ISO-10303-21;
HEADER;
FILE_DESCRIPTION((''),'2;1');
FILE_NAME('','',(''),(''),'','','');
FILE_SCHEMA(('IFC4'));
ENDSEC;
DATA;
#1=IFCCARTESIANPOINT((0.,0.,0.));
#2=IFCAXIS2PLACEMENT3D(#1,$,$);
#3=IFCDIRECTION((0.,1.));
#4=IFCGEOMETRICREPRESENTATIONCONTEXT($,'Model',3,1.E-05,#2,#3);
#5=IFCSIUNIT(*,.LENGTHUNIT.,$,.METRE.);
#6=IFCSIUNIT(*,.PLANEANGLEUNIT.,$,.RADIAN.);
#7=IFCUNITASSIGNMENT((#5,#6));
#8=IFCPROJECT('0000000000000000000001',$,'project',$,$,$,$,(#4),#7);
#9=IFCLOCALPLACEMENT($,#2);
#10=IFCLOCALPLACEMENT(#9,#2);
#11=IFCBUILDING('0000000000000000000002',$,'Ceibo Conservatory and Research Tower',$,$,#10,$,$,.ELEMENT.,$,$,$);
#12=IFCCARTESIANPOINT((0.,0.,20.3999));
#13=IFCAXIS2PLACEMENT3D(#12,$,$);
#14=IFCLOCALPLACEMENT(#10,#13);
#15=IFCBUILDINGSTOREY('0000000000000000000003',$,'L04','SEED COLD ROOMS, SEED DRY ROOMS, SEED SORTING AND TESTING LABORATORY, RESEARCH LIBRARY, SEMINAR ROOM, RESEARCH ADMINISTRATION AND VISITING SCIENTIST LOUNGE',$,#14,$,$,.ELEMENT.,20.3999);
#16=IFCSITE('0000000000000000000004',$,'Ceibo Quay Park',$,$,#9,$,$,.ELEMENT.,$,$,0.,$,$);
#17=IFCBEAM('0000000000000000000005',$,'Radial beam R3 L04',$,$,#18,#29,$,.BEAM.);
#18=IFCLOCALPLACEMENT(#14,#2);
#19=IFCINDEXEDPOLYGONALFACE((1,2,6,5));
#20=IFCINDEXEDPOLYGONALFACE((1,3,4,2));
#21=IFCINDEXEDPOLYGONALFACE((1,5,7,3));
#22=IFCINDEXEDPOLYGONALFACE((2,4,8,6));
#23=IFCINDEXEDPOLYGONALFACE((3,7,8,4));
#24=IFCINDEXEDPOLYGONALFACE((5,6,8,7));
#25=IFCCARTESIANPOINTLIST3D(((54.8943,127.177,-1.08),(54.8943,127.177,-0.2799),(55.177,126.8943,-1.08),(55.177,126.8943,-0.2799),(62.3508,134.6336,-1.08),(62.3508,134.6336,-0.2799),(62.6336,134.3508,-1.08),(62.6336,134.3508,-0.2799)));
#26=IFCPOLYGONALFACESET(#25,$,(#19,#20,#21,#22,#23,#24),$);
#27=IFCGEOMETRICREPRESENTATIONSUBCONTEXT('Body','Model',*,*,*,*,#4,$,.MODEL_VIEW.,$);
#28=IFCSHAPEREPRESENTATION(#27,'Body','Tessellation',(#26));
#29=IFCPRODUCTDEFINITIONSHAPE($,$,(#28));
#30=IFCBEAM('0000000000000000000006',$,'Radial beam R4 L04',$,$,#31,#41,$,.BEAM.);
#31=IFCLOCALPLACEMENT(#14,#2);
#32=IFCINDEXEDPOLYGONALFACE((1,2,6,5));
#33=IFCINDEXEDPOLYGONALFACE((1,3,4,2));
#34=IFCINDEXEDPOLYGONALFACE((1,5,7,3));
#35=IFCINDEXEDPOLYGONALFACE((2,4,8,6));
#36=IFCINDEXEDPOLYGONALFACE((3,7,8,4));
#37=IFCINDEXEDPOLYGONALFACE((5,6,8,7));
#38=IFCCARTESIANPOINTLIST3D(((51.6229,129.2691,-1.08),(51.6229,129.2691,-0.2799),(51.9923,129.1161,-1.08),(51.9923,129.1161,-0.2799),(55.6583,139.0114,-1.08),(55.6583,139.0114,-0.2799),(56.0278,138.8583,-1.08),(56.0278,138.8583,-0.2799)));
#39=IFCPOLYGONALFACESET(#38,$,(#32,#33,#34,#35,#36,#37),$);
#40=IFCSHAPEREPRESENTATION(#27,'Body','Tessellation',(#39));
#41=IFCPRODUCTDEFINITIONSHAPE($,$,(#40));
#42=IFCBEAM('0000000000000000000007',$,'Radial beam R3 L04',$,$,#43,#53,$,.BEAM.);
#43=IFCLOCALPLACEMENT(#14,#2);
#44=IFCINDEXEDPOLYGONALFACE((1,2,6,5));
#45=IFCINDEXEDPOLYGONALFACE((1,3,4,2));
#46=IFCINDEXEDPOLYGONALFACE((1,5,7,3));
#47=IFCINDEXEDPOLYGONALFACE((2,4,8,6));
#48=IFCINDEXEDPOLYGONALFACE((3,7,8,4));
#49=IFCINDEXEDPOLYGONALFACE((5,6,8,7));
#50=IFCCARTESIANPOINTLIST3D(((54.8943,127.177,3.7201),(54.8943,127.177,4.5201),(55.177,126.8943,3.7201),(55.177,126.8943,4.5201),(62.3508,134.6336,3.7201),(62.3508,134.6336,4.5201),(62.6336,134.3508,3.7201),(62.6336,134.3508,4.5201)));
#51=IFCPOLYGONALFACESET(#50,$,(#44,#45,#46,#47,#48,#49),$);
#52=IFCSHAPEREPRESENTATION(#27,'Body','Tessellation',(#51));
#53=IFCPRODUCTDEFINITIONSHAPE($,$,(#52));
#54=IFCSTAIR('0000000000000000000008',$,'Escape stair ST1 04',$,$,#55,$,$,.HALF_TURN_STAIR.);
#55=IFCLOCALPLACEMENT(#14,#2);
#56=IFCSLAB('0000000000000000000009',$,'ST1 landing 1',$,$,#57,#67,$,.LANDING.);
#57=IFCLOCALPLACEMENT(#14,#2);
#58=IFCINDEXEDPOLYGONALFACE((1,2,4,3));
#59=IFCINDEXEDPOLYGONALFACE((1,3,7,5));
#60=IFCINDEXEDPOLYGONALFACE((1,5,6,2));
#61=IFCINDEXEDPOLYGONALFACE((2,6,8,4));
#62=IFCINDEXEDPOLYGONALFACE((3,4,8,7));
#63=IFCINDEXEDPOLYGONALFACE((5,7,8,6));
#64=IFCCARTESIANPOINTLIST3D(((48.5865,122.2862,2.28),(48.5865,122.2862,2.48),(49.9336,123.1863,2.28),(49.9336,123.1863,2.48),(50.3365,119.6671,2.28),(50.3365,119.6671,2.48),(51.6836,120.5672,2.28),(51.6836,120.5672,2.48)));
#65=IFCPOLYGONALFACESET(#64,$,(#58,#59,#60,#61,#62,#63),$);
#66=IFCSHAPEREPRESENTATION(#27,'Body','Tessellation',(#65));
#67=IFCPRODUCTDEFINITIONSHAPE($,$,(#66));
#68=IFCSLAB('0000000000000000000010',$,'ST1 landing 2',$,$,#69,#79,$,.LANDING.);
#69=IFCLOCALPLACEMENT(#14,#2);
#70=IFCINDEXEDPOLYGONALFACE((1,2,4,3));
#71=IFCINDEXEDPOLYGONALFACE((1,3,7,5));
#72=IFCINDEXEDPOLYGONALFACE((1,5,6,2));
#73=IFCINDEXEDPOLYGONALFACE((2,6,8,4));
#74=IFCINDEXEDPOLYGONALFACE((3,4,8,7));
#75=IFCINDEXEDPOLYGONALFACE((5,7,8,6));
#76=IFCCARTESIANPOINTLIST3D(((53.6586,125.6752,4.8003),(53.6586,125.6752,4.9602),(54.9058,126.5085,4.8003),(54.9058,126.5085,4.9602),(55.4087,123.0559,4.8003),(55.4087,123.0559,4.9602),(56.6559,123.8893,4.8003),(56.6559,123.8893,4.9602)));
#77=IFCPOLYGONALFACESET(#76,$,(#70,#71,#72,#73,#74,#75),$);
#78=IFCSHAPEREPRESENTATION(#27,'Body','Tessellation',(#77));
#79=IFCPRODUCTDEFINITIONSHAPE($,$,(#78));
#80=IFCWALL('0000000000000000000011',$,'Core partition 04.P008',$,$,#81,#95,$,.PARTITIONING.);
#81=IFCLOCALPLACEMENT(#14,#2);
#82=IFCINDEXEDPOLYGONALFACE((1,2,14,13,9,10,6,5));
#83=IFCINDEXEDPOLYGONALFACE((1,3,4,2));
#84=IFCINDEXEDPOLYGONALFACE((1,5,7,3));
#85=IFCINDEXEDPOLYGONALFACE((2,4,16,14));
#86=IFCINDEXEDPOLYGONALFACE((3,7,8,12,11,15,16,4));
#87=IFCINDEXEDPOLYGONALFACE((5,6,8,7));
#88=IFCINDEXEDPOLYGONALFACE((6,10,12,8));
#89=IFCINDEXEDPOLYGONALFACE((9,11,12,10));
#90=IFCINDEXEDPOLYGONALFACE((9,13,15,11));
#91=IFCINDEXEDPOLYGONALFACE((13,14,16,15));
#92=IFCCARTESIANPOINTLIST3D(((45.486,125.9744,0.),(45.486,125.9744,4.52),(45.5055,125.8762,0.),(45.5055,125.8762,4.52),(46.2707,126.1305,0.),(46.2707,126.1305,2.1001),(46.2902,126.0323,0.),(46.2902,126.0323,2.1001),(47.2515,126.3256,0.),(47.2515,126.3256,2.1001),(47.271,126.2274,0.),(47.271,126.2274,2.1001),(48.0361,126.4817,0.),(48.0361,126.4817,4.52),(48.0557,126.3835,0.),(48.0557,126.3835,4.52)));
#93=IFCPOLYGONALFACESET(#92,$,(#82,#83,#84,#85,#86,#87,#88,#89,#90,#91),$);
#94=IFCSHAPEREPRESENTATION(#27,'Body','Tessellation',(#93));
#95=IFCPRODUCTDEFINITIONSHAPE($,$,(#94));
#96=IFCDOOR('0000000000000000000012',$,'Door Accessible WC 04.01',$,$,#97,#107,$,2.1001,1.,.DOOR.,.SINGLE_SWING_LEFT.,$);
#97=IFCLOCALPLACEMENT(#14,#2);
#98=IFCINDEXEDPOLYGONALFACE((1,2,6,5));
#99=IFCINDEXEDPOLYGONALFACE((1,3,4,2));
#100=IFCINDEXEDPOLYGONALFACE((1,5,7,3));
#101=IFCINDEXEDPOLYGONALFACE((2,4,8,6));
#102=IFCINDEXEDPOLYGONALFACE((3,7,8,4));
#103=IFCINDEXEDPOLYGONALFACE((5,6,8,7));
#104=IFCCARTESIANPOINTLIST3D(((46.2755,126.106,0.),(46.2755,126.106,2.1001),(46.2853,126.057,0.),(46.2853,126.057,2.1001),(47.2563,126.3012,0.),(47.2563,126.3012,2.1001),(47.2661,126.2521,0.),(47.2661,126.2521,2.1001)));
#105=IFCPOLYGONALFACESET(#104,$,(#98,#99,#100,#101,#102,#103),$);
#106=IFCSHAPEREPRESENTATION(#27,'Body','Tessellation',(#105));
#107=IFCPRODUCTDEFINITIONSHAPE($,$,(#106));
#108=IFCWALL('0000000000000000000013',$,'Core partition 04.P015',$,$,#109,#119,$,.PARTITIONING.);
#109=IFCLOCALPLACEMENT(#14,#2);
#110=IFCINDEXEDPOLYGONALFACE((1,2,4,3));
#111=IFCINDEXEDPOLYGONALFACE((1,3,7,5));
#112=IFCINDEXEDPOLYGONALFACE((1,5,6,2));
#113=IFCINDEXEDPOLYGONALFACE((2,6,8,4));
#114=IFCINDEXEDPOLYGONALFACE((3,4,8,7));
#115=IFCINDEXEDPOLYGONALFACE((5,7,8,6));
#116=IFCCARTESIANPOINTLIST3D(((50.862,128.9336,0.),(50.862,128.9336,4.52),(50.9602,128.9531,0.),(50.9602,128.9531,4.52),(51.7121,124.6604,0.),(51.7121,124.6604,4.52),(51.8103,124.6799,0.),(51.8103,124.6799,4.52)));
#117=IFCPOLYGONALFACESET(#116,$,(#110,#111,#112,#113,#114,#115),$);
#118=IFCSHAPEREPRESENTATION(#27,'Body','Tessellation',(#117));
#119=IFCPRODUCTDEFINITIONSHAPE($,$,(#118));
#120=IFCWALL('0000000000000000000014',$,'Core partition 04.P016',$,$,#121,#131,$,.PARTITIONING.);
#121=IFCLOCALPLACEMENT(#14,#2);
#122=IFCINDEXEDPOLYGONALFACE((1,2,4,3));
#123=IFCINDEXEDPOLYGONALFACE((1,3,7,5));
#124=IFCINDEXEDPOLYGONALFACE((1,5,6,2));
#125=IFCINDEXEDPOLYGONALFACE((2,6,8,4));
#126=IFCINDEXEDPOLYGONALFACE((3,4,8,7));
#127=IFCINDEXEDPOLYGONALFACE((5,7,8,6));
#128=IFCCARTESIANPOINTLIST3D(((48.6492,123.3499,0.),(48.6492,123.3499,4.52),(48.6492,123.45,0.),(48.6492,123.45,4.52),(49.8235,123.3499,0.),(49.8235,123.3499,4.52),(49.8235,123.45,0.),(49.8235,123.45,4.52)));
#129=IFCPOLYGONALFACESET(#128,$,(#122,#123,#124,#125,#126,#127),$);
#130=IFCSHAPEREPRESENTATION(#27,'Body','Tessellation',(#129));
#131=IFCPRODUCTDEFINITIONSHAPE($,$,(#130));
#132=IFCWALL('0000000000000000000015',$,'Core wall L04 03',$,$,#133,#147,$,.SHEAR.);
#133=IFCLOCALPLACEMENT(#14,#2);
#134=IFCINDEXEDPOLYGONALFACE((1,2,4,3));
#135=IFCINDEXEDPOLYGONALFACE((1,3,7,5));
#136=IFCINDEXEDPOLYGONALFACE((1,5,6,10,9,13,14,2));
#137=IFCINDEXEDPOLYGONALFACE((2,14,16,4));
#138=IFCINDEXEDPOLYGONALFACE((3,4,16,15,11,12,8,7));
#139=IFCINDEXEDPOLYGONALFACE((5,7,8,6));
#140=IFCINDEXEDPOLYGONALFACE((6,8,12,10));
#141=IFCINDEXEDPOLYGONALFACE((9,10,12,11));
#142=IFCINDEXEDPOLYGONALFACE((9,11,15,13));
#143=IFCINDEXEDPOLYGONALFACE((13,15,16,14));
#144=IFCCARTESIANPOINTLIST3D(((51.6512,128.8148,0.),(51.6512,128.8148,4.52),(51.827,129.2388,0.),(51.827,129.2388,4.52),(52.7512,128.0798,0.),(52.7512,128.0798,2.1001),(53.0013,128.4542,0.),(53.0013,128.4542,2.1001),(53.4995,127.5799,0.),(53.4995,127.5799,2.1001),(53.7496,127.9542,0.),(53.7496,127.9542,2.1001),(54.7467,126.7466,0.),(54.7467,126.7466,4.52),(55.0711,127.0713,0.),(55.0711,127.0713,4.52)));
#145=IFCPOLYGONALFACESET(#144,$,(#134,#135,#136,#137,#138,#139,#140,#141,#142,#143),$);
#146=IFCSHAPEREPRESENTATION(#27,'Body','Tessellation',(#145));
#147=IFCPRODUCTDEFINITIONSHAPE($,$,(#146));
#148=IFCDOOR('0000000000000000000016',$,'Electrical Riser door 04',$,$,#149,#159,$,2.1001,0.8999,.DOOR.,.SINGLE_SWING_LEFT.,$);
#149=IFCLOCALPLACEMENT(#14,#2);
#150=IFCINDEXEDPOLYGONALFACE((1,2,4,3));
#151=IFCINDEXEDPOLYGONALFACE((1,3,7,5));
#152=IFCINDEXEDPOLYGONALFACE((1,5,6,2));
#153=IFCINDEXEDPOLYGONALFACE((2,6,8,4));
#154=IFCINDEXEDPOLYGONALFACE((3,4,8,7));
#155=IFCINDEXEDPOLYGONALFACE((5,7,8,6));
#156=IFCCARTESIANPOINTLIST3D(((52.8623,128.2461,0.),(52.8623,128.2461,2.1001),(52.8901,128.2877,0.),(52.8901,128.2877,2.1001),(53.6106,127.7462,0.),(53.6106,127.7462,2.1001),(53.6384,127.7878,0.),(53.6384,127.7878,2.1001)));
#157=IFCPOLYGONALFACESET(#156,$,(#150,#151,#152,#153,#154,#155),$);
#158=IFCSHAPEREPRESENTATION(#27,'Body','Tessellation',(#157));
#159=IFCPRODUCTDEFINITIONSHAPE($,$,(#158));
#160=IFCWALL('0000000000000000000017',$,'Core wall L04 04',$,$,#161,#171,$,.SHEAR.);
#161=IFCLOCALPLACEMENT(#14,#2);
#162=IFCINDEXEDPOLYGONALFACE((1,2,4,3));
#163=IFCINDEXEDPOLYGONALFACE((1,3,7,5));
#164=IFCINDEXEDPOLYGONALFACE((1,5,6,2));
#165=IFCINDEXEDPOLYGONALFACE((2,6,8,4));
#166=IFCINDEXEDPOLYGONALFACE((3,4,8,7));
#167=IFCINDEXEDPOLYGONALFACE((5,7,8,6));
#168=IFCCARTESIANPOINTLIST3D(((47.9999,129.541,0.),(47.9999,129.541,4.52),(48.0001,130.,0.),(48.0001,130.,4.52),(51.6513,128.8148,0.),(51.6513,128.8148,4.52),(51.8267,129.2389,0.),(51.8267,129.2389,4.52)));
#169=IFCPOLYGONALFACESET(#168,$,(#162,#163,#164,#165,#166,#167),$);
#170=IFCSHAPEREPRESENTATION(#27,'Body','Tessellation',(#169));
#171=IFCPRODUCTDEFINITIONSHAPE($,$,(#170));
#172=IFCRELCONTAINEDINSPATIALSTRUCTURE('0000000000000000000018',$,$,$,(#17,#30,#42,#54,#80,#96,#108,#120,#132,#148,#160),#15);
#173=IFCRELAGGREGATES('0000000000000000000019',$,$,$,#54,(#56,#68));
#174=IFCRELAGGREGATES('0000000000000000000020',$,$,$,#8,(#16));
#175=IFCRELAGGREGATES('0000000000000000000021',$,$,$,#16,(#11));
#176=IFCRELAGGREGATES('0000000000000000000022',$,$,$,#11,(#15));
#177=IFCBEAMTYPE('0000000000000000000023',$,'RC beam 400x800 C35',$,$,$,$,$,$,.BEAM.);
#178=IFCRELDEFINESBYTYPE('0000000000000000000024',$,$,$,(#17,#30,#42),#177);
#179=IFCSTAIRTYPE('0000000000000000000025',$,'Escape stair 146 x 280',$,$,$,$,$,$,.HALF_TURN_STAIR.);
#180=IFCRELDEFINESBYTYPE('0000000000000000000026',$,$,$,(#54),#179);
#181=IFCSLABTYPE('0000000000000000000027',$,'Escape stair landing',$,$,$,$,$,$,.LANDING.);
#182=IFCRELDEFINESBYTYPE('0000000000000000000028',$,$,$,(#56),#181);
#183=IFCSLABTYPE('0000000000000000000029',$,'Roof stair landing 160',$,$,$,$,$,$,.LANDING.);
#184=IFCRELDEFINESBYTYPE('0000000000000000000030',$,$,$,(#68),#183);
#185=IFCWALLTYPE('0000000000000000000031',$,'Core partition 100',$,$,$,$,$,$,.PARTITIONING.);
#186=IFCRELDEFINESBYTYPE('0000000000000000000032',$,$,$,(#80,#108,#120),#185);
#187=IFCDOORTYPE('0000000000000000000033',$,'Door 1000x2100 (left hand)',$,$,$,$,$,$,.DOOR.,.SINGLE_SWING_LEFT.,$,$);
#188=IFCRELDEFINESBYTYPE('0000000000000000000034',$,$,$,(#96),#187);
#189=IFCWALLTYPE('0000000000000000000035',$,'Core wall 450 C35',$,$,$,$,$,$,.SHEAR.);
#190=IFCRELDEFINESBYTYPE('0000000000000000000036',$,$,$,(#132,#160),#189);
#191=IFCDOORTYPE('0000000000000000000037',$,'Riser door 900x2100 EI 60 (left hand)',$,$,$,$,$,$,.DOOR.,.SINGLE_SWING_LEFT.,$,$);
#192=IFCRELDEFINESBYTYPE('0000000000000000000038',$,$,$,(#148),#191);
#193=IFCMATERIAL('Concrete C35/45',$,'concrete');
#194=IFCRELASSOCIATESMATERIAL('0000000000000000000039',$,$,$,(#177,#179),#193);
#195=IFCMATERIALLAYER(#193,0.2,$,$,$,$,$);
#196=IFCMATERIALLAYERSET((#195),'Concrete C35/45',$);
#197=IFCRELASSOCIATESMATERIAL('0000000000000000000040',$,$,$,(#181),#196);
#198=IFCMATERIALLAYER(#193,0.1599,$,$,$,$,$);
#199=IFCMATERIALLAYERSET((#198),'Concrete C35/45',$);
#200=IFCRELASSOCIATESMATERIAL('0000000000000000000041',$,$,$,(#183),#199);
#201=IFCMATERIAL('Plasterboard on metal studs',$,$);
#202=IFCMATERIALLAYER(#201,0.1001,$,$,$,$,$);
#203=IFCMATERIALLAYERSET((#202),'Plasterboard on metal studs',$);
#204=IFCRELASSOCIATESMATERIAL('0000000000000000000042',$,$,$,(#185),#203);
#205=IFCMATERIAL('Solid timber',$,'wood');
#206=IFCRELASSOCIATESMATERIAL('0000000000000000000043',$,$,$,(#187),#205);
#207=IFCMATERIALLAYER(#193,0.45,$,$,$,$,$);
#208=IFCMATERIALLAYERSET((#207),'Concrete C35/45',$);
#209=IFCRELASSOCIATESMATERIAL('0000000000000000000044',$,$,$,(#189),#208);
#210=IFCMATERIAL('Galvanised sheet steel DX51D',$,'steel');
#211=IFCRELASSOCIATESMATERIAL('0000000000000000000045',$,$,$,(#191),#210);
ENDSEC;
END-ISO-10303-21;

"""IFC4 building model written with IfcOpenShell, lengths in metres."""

from ifc_helpers import new_model, si_unit, direction, frame, frame_2d, origin, origin_2d, place, context, subcontext, project, spatial, polyline, rectangle, outline, extrude, material, layer, layer_set, material_profile, profile_set, type_object, element, fill, aggregate, save


model = new_model("IFC4")

# Units and contexts
model_context = context("Model", 3, precision=1e-05, world=origin(), true_north=direction((0.0, 1.0)))
body_context = subcontext(model_context, "Body", "Model", "MODEL_VIEW")
ifc_project = project(units=[si_unit("LENGTHUNIT", "METRE"), si_unit("PLANEANGLEUNIT", "RADIAN")], contexts=[model_context])

# Site, building, storey
site_placement = place(None, origin())
site = spatial("IfcSite", under=ifc_project, at=site_placement, Name="Ceibo Quay Park", CompositionType="ELEMENT", RefElevation=0.0)
building_placement = place(site_placement, origin())
building = spatial("IfcBuilding", under=site, at=building_placement, Name="Ceibo Conservatory and Research Tower", CompositionType="ELEMENT")
storey_placement = place(building_placement, frame((0.0, 0.0, 20.3999)))
storey = spatial("IfcBuildingStorey", under=building, at=storey_placement, Name="L04", Description="SEED COLD ROOMS, SEED DRY ROOMS, SEED SORTING AND TESTING LABORATORY, RESEARCH LIBRARY, SEMINAR ROOM, RESEARCH ADMINISTRATION AND VISITING SCIENTIST LOUNGE", CompositionType="ELEMENT", Elevation=20.3999)

# Beams
ifc_material_1 = material(Name="Concrete C35/45", Category="concrete")
ifc_material_profile = material_profile(ifc_material_1, rectangle(XDim=0.3999, YDim=0.8, at=origin_2d()), Name="RC 400x800")
ifc_profile_set = profile_set([ifc_material_profile], Name="Concrete C35/45")
beam_type = type_object("IfcBeamType", Name="RC beam 400x800 C35", PredefinedType="BEAM", material=ifc_profile_set)
beam_1_placement = place(storey_placement, frame((55.0356, 127.0356, -0.6799), z_axis=(0.707107, 0.707107, 0.0), x_axis=(-0.707107, 0.707107, 0.0)))
element("IfcBeam", 1, at=beam_1_placement, inside=storey, type_object=beam_type, Name="Radial beam R3 L04", PredefinedType="BEAM", context=body_context, shape_type="SweptSolid", body=[
    extrude(rectangle(XDim=0.3999, YDim=0.8, at=origin_2d()), origin(), (0.0, 0.0, 1.0), 10.5452),
])
beam_2_placement = place(storey_placement, frame((51.8076, 129.1926, -0.6799), z_axis=(0.382688, 0.923878, 0.0), x_axis=(-0.923878, 0.382688, 0.0)))
element("IfcBeam", 2, at=beam_2_placement, inside=storey, type_object=beam_type, Name="Radial beam R4 L04", PredefinedType="BEAM", context=body_context, shape_type="SweptSolid", body=[
    extrude(rectangle(XDim=0.3999, YDim=0.8, at=origin_2d()), origin(), (0.0, 0.0, 1.0), 10.5449),
])
beam_3_placement = place(storey_placement, frame((55.0356, 127.0356, 4.1201), z_axis=(0.707107, 0.707107, 0.0), x_axis=(-0.707107, 0.707107, 0.0)))
element("IfcBeam", 3, at=beam_3_placement, inside=storey, type_object=beam_type, Name="Radial beam R3 L04", PredefinedType="BEAM", context=body_context, shape_type="SweptSolid", body=[
    extrude(rectangle(XDim=0.3999, YDim=0.8, at=origin_2d()), origin(), (0.0, 0.0, 1.0), 10.5452),
])

# Stair, slabs
stair_type = type_object("IfcStairType", Name="Escape stair 146 x 280", PredefinedType="HALF_TURN_STAIR", material=ifc_material_1)
stair_placement = place(storey_placement, origin())
stair = element("IfcStair", 4, at=stair_placement, inside=storey, type_object=stair_type, Name="Escape stair ST1 04", PredefinedType="HALF_TURN_STAIR")
ifc_layer_1 = layer(ifc_material_1, 0.2)
ifc_layer_set_1 = layer_set([ifc_layer_1], Name="Concrete C35/45")
slab_type_1 = type_object("IfcSlabType", Name="Escape stair landing", PredefinedType="LANDING", material=ifc_layer_set_1)
slab_1_placement = place(storey_placement, frame((49.9336, 123.1863, 2.28), z_axis=(0.0, 0.0, 1.0), x_axis=(-0.83147, -0.55557, 0.0)))
slab_1 = element("IfcSlab", 5, at=slab_1_placement, type_object=slab_type_1, Name="ST1 landing 1", PredefinedType="LANDING", context=body_context, shape_type="SweptSolid", body=[
    extrude(outline(polyline([(0.0, 0.0), (1.6201, 0.0), (1.6201, 3.1499), (0.0, 3.1499), (0.0, 0.0)])), origin(), (0.0, 0.0, 1.0), 0.2),
])
ifc_layer_2 = layer(ifc_material_1, 0.1599)
ifc_layer_set_2 = layer_set([ifc_layer_2], Name="Concrete C35/45")
slab_type_2 = type_object("IfcSlabType", Name="Roof stair landing 160", PredefinedType="LANDING", material=ifc_layer_set_2)
slab_2_placement = place(storey_placement, frame((54.9058, 126.5085, 4.8003), z_axis=(0.0, 0.0, 1.0), x_axis=(-0.83147, -0.55557, 0.0)))
slab_2 = element("IfcSlab", 6, at=slab_2_placement, type_object=slab_type_2, Name="ST1 landing 2", PredefinedType="LANDING", context=body_context, shape_type="SweptSolid", body=[
    extrude(outline(polyline([(0.0, 0.0), (1.5, 0.0), (1.5, 3.1501), (0.0, 3.1501), (0.0, 0.0)])), origin(), (0.0, 0.0, 1.0), 0.1599),
])

# Wall, opening, door
ifc_material_2 = material(Name="Plasterboard on metal studs")
ifc_layer_3 = layer(ifc_material_2, 0.1001)
ifc_layer_set_3 = layer_set([ifc_layer_3], Name="Plasterboard on metal studs")
wall_type_1 = type_object("IfcWallType", Name="Core partition 100", PredefinedType="PARTITIONING", material=ifc_layer_set_3)
wall_1_placement = place(storey_placement, frame((48.0459, 126.4326, 0.0), z_axis=(0.0, 0.0, 1.0), x_axis=(-0.980779, -0.195123, 0.0)))
wall_1 = element("IfcWall", 7, at=wall_1_placement, inside=storey, type_object=wall_type_1, Name="Core partition 04.P008", PredefinedType="PARTITIONING", context=body_context, shape_type="SweptSolid", body=[
    extrude(rectangle(XDim=2.6001, YDim=0.1001, at=frame_2d((1.3, 0.0))), origin(), (0.0, 0.0, 1.0), 4.52),
])
opening_1_placement = place(wall_1_placement, frame((0.8, 0.0, 0.0)))
opening_1 = element("IfcOpeningElement", 8, at=opening_1_placement, cuts=wall_1, PredefinedType="OPENING", context=body_context, shape_type="SweptSolid", body=[
    extrude(rectangle(XDim=1.0, YDim=2.1001, at=frame_2d((0.5, 1.05))), frame((0.0, 0.0601, 0.0), z_axis=(0.0, -1.0, 0.0), x_axis=(1.0, 0.0, 0.0)), (0.0, 0.0, 1.0), 0.1201),
])
ifc_material_3 = material(Name="Solid timber", Category="wood")
door_type_1 = type_object("IfcDoorType", Name="Door 1000x2100 (left hand)", OperationType="SINGLE_SWING_LEFT", PredefinedType="DOOR", material=ifc_material_3)
door_1_placement = place(opening_1_placement, origin())
door_1 = element("IfcDoor", 9, at=door_1_placement, inside=storey, type_object=door_type_1, Name="Door Accessible WC 04.01", OperationType="SINGLE_SWING_LEFT", OverallHeight=2.1001, OverallWidth=1.0, PredefinedType="DOOR", context=body_context, shape_type="SweptSolid", body=[
    extrude(rectangle(XDim=1.0, YDim=2.1001, at=frame_2d((0.5, 1.05))), frame((0.0, 0.0249, 0.0), z_axis=(0.0, -1.0, 0.0), x_axis=(1.0, 0.0, 0.0)), (0.0, 0.0, 1.0), 0.05),
])
fill(opening_1, door_1)

# Walls
wall_2_placement = place(storey_placement, frame((50.9111, 128.9434, 0.0), z_axis=(0.0, 0.0, 1.0), x_axis=(0.195114, -0.980781, 0.0)))
element("IfcWall", 10, at=wall_2_placement, inside=storey, type_object=wall_type_1, Name="Core partition 04.P015", PredefinedType="PARTITIONING", context=body_context, shape_type="SweptSolid", body=[
    extrude(rectangle(XDim=4.3569, YDim=0.1001, at=frame_2d((2.1785, 0.0))), origin(), (0.0, 0.0, 1.0), 4.52),
])
wall_3_placement = place(storey_placement, frame((49.8235, 123.3999, 0.0), z_axis=(0.0, 0.0, 1.0), x_axis=(-1.0, 0.0, 0.0)))
element("IfcWall", 11, at=wall_3_placement, inside=storey, type_object=wall_type_1, Name="Core partition 04.P016", PredefinedType="PARTITIONING", context=body_context, shape_type="SweptSolid", body=[
    extrude(rectangle(XDim=1.1743, YDim=0.1001, at=frame_2d((0.5872, 0.0))), origin(), (0.0, 0.0, 1.0), 4.52),
])

# Wall, opening, door
ifc_layer_4 = layer(ifc_material_1, 0.45)
ifc_layer_set_4 = layer_set([ifc_layer_4], Name="Concrete C35/45")
wall_type_2 = type_object("IfcWallType", Name="Core wall 450 C35", PredefinedType="SHEAR", material=ifc_layer_set_4)
wall_4_placement = place(storey_placement, frame((54.9089, 126.9089, 0.0), z_axis=(0.0, 0.0, 1.0), x_axis=(-0.831488, 0.555542, 0.0)))
wall_4 = element("IfcWall", 12, at=wall_4_placement, inside=storey, type_object=wall_type_2, Name="Core wall L04 03", PredefinedType="SHEAR", context=body_context, shape_type="SweptSolid", body=[
    extrude(outline(polyline([(-0.0447, -0.2251), (3.8569, -0.2251), (3.7676, 0.2251), (0.0447, 0.2251), (-0.0447, -0.2251)])), origin(), (0.0, 0.0, 1.0), 4.52),
])
opening_2_placement = place(wall_4_placement, frame((1.5447, 0.0, 0.0)))
opening_2 = element("IfcOpeningElement", 13, at=opening_2_placement, cuts=wall_4, PredefinedType="OPENING", context=body_context, shape_type="SweptSolid", body=[
    extrude(rectangle(XDim=0.8999, YDim=2.1001, at=frame_2d((0.45, 1.05))), frame((0.0, 0.2349, 0.0), z_axis=(0.0, -1.0, 0.0), x_axis=(1.0, 0.0, 0.0)), (0.0, 0.0, 1.0), 0.47),
])
ifc_material_4 = material(Name="Galvanised sheet steel DX51D", Category="steel")
door_type_2 = type_object("IfcDoorType", Name="Riser door 900x2100 EI 60 (left hand)", OperationType="SINGLE_SWING_LEFT", PredefinedType="DOOR", material=ifc_material_4)
door_2_placement = place(opening_2_placement, frame((0.8999, 0.0, 0.0), z_axis=(0.0, 0.0, 1.0), x_axis=(-1.0, 0.0, 0.0)))
door_2 = element("IfcDoor", 14, at=door_2_placement, inside=storey, type_object=door_type_2, Name="Electrical Riser door 04", OperationType="SINGLE_SWING_LEFT", OverallHeight=2.1001, OverallWidth=0.8999, PredefinedType="DOOR", context=body_context, shape_type="SweptSolid", body=[
    extrude(rectangle(XDim=0.8999, YDim=2.1001, at=frame_2d((0.45, 1.05))), frame((0.0, 0.0249, 0.0), z_axis=(0.0, -1.0, 0.0), x_axis=(1.0, 0.0, 0.0)), (0.0, 0.0, 1.0), 0.05),
])
fill(opening_2, door_2)

# Wall
wall_5_placement = place(storey_placement, frame((51.739, 129.0269, 0.0), z_axis=(0.0, 0.0, 1.0), x_axis=(-0.980789, 0.195069, 0.0)))
element("IfcWall", 15, at=wall_5_placement, inside=storey, type_object=wall_type_2, Name="Core wall L04 04", PredefinedType="SHEAR", context=body_context, shape_type="SweptSolid", body=[
    extrude(outline(polyline([(-0.0447, -0.2251), (3.8569, -0.2251), (3.7676, 0.2251), (0.0447, 0.2251), (-0.0447, -0.2251)])), origin(), (0.0, 0.0, 1.0), 4.52),
])

aggregate(stair, [slab_1, slab_2])

save(model, "model.ifc")
